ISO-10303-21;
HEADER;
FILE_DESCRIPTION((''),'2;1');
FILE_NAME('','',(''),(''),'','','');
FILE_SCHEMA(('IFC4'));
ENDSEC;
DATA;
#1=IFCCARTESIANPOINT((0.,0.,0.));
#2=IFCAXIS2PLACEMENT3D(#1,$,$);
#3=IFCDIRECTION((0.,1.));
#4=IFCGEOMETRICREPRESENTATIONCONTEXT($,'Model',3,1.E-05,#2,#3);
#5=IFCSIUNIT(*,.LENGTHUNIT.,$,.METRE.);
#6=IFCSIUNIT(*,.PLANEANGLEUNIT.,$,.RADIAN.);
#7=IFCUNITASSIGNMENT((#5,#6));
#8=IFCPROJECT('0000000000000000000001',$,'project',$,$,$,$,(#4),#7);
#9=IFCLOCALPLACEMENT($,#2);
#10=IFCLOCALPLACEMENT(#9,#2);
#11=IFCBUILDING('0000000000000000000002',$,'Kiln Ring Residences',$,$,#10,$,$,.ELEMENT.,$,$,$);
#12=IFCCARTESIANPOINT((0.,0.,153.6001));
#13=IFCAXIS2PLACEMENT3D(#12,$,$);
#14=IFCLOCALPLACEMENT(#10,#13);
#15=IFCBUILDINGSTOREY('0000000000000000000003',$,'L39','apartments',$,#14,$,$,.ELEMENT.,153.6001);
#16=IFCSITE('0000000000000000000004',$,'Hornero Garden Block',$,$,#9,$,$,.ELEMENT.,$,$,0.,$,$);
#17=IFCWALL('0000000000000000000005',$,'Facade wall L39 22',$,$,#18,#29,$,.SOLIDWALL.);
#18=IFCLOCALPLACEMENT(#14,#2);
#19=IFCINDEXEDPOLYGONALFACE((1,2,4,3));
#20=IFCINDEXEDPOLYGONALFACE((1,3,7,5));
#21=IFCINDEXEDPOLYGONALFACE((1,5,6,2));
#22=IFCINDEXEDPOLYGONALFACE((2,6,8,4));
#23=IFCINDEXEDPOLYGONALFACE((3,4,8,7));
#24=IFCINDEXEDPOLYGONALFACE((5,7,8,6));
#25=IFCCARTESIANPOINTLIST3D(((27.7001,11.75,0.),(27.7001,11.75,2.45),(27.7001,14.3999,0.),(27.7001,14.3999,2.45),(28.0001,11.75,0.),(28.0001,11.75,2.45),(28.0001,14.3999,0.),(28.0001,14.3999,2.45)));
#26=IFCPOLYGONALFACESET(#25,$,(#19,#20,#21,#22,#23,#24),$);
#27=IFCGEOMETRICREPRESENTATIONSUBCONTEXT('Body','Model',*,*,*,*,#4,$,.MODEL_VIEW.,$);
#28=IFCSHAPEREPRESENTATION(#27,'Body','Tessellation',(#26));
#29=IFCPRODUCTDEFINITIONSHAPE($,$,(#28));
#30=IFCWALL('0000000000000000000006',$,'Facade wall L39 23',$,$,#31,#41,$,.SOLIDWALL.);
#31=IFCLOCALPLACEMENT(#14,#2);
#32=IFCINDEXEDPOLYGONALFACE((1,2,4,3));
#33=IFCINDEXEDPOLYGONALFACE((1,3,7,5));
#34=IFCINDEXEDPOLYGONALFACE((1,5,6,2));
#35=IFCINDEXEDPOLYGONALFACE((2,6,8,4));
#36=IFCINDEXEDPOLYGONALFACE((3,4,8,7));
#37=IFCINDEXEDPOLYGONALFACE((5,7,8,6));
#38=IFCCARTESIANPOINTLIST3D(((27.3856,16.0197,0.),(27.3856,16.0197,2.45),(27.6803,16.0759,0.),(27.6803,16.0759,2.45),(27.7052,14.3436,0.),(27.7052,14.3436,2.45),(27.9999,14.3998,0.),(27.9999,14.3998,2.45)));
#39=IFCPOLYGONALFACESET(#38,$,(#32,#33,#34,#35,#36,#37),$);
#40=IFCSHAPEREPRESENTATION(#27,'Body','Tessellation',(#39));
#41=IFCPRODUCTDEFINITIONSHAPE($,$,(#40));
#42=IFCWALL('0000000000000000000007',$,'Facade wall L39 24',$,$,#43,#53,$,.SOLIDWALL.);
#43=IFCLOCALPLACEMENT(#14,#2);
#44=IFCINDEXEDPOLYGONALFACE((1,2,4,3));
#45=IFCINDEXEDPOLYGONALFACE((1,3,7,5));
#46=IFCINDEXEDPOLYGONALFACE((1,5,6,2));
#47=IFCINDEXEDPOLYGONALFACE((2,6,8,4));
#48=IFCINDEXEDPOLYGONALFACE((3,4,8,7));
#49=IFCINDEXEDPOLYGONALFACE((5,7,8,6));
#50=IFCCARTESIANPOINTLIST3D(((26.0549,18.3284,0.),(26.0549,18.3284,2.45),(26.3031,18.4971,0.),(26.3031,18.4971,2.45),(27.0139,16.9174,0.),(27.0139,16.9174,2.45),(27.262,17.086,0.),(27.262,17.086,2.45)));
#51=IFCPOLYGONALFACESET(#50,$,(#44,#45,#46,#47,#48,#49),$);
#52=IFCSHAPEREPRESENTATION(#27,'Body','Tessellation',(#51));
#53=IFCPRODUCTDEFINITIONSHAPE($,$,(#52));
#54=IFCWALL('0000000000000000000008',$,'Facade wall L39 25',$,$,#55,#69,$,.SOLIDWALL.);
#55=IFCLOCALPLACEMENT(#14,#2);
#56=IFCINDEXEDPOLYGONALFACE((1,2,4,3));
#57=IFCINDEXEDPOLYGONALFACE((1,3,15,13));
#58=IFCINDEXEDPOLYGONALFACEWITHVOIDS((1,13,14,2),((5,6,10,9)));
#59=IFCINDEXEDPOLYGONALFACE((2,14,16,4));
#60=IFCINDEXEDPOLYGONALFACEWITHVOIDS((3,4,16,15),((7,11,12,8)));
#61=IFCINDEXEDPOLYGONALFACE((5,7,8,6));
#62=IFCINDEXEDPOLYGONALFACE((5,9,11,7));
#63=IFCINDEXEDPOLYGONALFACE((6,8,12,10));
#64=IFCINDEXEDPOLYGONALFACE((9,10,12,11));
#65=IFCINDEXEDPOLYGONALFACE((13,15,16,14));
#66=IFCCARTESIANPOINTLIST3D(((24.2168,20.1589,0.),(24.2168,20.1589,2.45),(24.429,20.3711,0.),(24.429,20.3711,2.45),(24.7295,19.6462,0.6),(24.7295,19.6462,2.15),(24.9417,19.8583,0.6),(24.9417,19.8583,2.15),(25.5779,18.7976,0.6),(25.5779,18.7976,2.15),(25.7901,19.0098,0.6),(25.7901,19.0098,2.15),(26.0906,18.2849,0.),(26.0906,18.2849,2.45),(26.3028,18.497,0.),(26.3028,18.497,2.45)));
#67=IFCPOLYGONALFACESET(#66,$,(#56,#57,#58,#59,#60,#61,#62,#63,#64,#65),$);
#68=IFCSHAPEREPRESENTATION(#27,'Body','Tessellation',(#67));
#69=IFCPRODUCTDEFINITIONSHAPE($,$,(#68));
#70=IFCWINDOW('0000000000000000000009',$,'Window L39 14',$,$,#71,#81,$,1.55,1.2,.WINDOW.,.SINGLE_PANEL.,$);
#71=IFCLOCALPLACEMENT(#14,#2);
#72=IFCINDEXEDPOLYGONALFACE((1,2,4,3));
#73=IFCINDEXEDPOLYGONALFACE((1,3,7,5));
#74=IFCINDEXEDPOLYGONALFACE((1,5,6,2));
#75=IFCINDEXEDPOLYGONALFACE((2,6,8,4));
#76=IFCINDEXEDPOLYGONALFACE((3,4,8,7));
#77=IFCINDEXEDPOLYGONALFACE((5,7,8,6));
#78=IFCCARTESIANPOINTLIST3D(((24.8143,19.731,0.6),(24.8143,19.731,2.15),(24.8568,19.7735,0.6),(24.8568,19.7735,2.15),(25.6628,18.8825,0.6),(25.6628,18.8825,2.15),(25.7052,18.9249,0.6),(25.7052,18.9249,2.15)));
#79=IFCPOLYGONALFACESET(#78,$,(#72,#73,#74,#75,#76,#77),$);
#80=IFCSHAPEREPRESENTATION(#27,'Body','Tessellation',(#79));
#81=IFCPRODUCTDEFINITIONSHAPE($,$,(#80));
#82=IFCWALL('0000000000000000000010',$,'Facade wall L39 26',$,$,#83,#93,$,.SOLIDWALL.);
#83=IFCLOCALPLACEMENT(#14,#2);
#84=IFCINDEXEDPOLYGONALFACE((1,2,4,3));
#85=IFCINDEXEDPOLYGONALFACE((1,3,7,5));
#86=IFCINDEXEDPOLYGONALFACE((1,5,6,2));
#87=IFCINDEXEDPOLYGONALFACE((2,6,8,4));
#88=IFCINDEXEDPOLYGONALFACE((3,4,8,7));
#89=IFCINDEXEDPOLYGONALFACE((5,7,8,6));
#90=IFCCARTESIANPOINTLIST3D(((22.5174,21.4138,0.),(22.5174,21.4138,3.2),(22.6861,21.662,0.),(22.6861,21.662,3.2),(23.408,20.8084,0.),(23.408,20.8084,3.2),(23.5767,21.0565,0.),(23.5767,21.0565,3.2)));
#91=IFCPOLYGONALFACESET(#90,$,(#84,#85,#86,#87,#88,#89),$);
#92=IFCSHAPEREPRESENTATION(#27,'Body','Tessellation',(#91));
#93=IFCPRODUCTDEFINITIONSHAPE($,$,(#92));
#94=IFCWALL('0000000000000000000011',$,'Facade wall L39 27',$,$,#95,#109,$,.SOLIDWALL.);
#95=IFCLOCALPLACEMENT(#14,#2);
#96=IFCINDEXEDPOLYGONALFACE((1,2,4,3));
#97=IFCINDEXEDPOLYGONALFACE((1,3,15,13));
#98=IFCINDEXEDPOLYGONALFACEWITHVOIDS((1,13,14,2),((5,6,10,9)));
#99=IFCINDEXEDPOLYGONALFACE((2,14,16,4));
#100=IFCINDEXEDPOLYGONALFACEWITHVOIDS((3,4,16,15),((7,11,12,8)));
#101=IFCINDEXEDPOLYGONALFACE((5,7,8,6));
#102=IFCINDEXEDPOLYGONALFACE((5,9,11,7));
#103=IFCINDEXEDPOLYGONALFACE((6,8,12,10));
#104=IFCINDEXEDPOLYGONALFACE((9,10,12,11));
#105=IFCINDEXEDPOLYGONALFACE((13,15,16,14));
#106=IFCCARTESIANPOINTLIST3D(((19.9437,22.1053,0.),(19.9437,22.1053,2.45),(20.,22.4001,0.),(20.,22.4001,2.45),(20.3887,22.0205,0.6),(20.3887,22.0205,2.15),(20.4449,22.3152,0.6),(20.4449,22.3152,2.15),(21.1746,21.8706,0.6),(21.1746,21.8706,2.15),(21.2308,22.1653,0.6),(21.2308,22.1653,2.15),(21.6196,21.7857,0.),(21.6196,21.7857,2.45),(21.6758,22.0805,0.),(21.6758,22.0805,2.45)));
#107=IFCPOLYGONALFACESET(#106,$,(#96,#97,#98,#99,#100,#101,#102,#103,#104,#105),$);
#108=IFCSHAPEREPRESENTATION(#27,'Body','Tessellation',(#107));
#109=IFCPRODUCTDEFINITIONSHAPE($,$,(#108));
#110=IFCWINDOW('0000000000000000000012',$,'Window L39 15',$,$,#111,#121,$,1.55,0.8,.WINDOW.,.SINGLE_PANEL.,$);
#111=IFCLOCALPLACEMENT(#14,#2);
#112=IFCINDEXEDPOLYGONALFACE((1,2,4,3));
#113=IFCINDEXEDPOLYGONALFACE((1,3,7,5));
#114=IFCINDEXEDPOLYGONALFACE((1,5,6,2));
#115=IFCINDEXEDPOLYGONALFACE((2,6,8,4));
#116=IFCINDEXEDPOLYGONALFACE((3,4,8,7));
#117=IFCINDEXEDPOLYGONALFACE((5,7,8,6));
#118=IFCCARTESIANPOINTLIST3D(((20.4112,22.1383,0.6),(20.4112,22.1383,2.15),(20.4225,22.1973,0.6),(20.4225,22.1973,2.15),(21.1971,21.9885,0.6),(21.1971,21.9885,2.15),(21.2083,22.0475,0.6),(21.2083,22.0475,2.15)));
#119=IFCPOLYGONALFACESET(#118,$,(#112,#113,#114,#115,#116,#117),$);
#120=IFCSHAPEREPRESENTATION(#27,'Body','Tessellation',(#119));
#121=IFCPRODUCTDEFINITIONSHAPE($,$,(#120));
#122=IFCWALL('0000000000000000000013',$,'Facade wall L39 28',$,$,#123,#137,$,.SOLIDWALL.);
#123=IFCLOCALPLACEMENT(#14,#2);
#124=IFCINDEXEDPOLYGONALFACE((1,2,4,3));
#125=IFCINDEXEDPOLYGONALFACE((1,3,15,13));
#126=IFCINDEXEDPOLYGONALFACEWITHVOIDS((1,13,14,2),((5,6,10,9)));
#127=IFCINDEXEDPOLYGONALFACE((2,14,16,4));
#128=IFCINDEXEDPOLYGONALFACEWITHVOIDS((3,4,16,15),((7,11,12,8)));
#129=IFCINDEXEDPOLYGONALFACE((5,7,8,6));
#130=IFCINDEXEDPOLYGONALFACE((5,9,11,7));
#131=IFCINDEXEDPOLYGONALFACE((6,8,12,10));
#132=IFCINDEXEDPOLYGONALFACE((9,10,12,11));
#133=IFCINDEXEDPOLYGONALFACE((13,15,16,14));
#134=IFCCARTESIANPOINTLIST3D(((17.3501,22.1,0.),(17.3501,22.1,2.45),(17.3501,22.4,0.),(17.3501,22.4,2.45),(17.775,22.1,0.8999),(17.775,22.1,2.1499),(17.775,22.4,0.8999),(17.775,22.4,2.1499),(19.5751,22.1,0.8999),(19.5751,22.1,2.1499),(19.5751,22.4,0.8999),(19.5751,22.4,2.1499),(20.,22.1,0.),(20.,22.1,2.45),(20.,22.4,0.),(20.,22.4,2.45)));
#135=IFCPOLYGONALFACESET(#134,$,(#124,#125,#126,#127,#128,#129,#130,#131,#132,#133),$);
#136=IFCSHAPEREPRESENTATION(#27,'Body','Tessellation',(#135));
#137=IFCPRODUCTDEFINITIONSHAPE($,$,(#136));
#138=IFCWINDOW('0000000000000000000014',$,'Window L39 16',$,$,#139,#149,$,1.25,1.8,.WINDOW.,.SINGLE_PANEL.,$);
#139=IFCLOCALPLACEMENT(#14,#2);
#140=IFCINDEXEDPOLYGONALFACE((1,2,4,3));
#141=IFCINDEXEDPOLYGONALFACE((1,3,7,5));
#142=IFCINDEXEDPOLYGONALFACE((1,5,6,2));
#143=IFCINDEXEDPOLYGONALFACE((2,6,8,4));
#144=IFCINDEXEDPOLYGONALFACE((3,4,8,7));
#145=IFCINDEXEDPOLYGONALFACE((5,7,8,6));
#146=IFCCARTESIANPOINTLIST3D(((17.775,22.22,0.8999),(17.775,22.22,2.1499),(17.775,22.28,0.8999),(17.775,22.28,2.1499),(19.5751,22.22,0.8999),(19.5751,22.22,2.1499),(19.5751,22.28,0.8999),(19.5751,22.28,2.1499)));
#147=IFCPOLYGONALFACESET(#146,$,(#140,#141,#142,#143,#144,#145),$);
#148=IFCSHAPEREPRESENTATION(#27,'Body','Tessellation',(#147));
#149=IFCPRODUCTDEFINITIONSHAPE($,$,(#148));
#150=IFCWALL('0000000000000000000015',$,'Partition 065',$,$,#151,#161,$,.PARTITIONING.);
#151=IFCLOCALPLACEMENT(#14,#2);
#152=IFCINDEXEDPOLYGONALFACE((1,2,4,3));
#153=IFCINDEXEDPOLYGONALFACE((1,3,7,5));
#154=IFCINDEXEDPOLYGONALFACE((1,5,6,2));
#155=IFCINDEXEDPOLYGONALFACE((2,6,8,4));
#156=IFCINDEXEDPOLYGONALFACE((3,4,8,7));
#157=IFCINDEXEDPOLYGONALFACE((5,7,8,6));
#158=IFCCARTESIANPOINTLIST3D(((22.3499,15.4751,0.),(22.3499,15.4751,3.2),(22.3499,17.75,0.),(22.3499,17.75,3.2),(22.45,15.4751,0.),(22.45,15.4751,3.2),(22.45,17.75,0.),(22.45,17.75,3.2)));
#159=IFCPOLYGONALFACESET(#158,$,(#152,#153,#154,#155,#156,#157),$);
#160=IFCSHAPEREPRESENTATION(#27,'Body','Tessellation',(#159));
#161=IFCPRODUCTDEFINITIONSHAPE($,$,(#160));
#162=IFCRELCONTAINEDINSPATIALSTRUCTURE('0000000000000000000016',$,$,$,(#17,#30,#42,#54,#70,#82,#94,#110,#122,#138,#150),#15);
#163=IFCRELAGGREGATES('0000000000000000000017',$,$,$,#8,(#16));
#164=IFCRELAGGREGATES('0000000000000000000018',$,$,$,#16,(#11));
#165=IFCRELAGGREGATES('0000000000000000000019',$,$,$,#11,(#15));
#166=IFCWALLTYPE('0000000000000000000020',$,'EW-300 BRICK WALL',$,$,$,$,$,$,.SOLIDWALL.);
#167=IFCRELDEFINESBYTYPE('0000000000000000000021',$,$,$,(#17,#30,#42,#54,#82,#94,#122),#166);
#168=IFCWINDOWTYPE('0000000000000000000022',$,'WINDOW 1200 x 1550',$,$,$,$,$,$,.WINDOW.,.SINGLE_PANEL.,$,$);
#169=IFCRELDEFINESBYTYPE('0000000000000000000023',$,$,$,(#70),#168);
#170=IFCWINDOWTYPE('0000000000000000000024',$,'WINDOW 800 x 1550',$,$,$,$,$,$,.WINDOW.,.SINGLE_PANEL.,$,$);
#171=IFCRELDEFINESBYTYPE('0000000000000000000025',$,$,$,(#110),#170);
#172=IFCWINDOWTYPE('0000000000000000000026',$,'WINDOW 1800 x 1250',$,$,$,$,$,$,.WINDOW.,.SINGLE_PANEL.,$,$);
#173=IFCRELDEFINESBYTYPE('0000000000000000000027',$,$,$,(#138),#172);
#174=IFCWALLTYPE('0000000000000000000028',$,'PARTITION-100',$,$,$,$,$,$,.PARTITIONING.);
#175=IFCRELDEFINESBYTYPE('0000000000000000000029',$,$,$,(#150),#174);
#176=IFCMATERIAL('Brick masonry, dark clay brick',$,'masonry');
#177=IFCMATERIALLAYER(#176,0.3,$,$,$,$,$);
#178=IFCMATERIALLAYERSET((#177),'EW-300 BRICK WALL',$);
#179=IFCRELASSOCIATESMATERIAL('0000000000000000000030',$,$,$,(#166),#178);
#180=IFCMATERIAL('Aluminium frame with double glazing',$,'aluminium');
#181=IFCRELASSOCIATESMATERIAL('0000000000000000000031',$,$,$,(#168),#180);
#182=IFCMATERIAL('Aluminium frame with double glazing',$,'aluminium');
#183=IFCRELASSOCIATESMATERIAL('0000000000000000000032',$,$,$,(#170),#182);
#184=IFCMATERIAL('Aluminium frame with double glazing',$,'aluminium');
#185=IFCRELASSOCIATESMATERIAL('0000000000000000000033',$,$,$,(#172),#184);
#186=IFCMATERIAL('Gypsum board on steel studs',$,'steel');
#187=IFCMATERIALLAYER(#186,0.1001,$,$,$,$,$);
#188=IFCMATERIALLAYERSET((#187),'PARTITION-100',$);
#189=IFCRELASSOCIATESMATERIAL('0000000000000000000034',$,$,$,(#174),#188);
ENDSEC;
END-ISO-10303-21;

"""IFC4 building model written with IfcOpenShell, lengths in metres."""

from ifc_helpers import new_model, si_unit, direction, frame, frame_2d, origin, place, context, subcontext, project, spatial, rectangle, extrude, material, layer, layer_set, type_object, element, fill, save


model = new_model("IFC4")

# Units and contexts
model_context = context("Model", 3, precision=1e-05, world=origin(), true_north=direction((0.0, 1.0)))
body_context = subcontext(model_context, "Body", "Model", "MODEL_VIEW")
ifc_project = project(units=[si_unit("LENGTHUNIT", "METRE"), si_unit("PLANEANGLEUNIT", "RADIAN")], contexts=[model_context])

# Site, building, storey
site_placement = place(None, origin())
site = spatial("IfcSite", under=ifc_project, at=site_placement, Name="Hornero Garden Block", CompositionType="ELEMENT", RefElevation=0.0)
building_placement = place(site_placement, origin())
building = spatial("IfcBuilding", under=site, at=building_placement, Name="Kiln Ring Residences", CompositionType="ELEMENT")
storey_placement = place(building_placement, frame((0.0, 0.0, 153.6001)))
storey = spatial("IfcBuildingStorey", under=building, at=storey_placement, Name="L39", Description="apartments", CompositionType="ELEMENT", Elevation=153.6001)

# Walls
ifc_material_1 = material(Name="Brick masonry, dark clay brick", Category="masonry")
ifc_layer_1 = layer(ifc_material_1, 0.3)
ifc_layer_set_1 = layer_set([ifc_layer_1], Name="EW-300 BRICK WALL")
wall_type_1 = type_object("IfcWallType", Name="EW-300 BRICK WALL", PredefinedType="SOLIDWALL", material=ifc_layer_set_1)
wall_1_placement = place(storey_placement, frame((27.8501, 11.75, 0.0), z_axis=(0.0, 0.0, 1.0), x_axis=(0.0, 1.0, 0.0)))
element("IfcWall", 1, at=wall_1_placement, inside=storey, type_object=wall_type_1, Name="Facade wall L39 22", PredefinedType="SOLIDWALL", context=body_context, shape_type="SweptSolid", body=[
    extrude(rectangle(XDim=2.6499, YDim=0.3, at=frame_2d((1.325, 0.0))), origin(), (0.0, 0.0, 1.0), 2.45),
])
wall_2_placement = place(storey_placement, frame((27.8525, 14.3718, 0.0), z_axis=(0.0, 0.0, 1.0), x_axis=(-0.187303, 0.982302, 0.0)))
element("IfcWall", 2, at=wall_2_placement, inside=storey, type_object=wall_type_1, Name="Facade wall L39 23", PredefinedType="SOLIDWALL", context=body_context, shape_type="SweptSolid", body=[
    extrude(rectangle(XDim=1.7063, YDim=0.3, at=frame_2d((0.853, 0.0))), origin(), (0.0, 0.0, 1.0), 2.45),
])
wall_3_placement = place(storey_placement, frame((27.1379, 17.0017, 0.0), z_axis=(0.0, 0.0, 1.0), x_axis=(-0.562075, 0.827086, 0.0)))
element("IfcWall", 3, at=wall_3_placement, inside=storey, type_object=wall_type_1, Name="Facade wall L39 24", PredefinedType="SOLIDWALL", context=body_context, shape_type="SweptSolid", body=[
    extrude(rectangle(XDim=1.7061, YDim=0.3, at=frame_2d((0.853, 0.0))), origin(), (0.0, 0.0, 1.0), 2.45),
])

# Wall, opening, window
wall_4_placement = place(storey_placement, frame((26.1968, 18.3909, 0.0), z_axis=(0.0, 0.0, 1.0), x_axis=(-0.707061, 0.707153, 0.0)))
wall_4 = element("IfcWall", 4, at=wall_4_placement, inside=storey, type_object=wall_type_1, Name="Facade wall L39 25", PredefinedType="SOLIDWALL", context=body_context, shape_type="SweptSolid", body=[
    extrude(rectangle(XDim=2.6501, YDim=0.3, at=frame_2d((1.3252, 0.0))), origin(), (0.0, 0.0, 1.0), 2.45),
])
opening_1_placement = place(wall_4_placement, frame((0.7251, 0.0, 0.6001)))
opening_1 = element("IfcOpeningElement", 5, at=opening_1_placement, cuts=wall_4, PredefinedType="OPENING", context=body_context, shape_type="SweptSolid", body=[
    extrude(rectangle(XDim=1.2, YDim=1.55, at=frame_2d((0.6001, 0.7749))), frame((0.0, 0.1599, 0.0), z_axis=(0.0, -1.0, 0.0), x_axis=(1.0, 0.0, 0.0)), (0.0, 0.0, 1.0), 0.3201),
])
ifc_material_2 = material(Name="Aluminium frame with double glazing", Category="aluminium")
window_type_1 = type_object("IfcWindowType", Name="WINDOW 1200 x 1550", PartitioningType="SINGLE_PANEL", PredefinedType="WINDOW", material=ifc_material_2)
window_1_placement = place(opening_1_placement, origin())
window_1 = element("IfcWindow", 6, at=window_1_placement, inside=storey, type_object=window_type_1, Name="Window L39 14", OverallHeight=1.55, OverallWidth=1.2, PartitioningType="SINGLE_PANEL", PredefinedType="WINDOW", context=body_context, shape_type="SweptSolid", body=[
    extrude(rectangle(XDim=1.2, YDim=1.55, at=frame_2d((0.6001, 0.7749))), frame((0.0, 0.03, 0.0), z_axis=(0.0, -1.0, 0.0), x_axis=(1.0, 0.0, 0.0)), (0.0, 0.0, 1.0), 0.0601),
])
fill(opening_1, window_1)

# Wall
wall_5_placement = place(storey_placement, frame((23.4924, 20.9324, 0.0), z_axis=(0.0, 0.0, 1.0), x_axis=(-0.826994, 0.562211, 0.0)))
element("IfcWall", 7, at=wall_5_placement, inside=storey, type_object=wall_type_1, Name="Facade wall L39 26", PredefinedType="SOLIDWALL", context=body_context, shape_type="SweptSolid", body=[
    extrude(rectangle(XDim=1.0769, YDim=0.3, at=frame_2d((0.5386, 0.0))), origin(), (0.0, 0.0, 1.0), 3.2),
])

# Walls, openings, windows
wall_6_placement = place(storey_placement, frame((21.6477, 21.9331, 0.0), z_axis=(0.0, 0.0, 1.0), x_axis=(-0.982297, 0.187329, 0.0)))
wall_6 = element("IfcWall", 8, at=wall_6_placement, inside=storey, type_object=wall_type_1, Name="Facade wall L39 27", PredefinedType="SOLIDWALL", context=body_context, shape_type="SweptSolid", body=[
    extrude(rectangle(XDim=1.7061, YDim=0.3, at=frame_2d((0.853, 0.0))), origin(), (0.0, 0.0, 1.0), 2.45),
])
opening_2_placement = place(wall_6_placement, frame((0.4531, 0.0, 0.6001)))
opening_2 = element("IfcOpeningElement", 9, at=opening_2_placement, cuts=wall_6, PredefinedType="OPENING", context=body_context, shape_type="SweptSolid", body=[
    extrude(rectangle(XDim=0.8, YDim=1.55, at=frame_2d((0.3999, 0.7749))), frame((0.0, 0.1599, 0.0), z_axis=(0.0, -1.0, 0.0), x_axis=(1.0, 0.0, 0.0)), (0.0, 0.0, 1.0), 0.3201),
])
ifc_material_3 = material(Name="Aluminium frame with double glazing", Category="aluminium")
window_type_2 = type_object("IfcWindowType", Name="WINDOW 800 x 1550", PartitioningType="SINGLE_PANEL", PredefinedType="WINDOW", material=ifc_material_3)
window_2_placement = place(opening_2_placement, origin())
window_2 = element("IfcWindow", 10, at=window_2_placement, inside=storey, type_object=window_type_2, Name="Window L39 15", OverallHeight=1.55, OverallWidth=0.8, PartitioningType="SINGLE_PANEL", PredefinedType="WINDOW", context=body_context, shape_type="SweptSolid", body=[
    extrude(rectangle(XDim=0.8, YDim=1.55, at=frame_2d((0.3999, 0.7749))), frame((0.0, 0.03, 0.0), z_axis=(0.0, -1.0, 0.0), x_axis=(1.0, 0.0, 0.0)), (0.0, 0.0, 1.0), 0.0601),
])
fill(opening_2, window_2)
wall_7_placement = place(storey_placement, frame((20.0, 22.25, 0.0), z_axis=(0.0, 0.0, 1.0), x_axis=(-1.0, 0.0, 0.0)))
wall_7 = element("IfcWall", 11, at=wall_7_placement, inside=storey, type_object=wall_type_1, Name="Facade wall L39 28", PredefinedType="SOLIDWALL", context=body_context, shape_type="SweptSolid", body=[
    extrude(rectangle(XDim=2.6499, YDim=0.3, at=frame_2d((1.325, 0.0))), origin(), (0.0, 0.0, 1.0), 2.45),
])
opening_3_placement = place(wall_7_placement, frame((0.425, 0.0, 0.8999)))
opening_3 = element("IfcOpeningElement", 12, at=opening_3_placement, cuts=wall_7, PredefinedType="OPENING", context=body_context, shape_type="SweptSolid", body=[
    extrude(rectangle(XDim=1.8, YDim=1.25, at=frame_2d((0.8999, 0.625))), frame((0.0, 0.1599, 0.0), z_axis=(0.0, -1.0, 0.0), x_axis=(1.0, 0.0, 0.0)), (0.0, 0.0, 1.0), 0.3201),
])
ifc_material_4 = material(Name="Aluminium frame with double glazing", Category="aluminium")
window_type_3 = type_object("IfcWindowType", Name="WINDOW 1800 x 1250", PartitioningType="SINGLE_PANEL", PredefinedType="WINDOW", material=ifc_material_4)
window_3_placement = place(opening_3_placement, origin())
window_3 = element("IfcWindow", 13, at=window_3_placement, inside=storey, type_object=window_type_3, Name="Window L39 16", OverallHeight=1.25, OverallWidth=1.8, PartitioningType="SINGLE_PANEL", PredefinedType="WINDOW", context=body_context, shape_type="SweptSolid", body=[
    extrude(rectangle(XDim=1.8, YDim=1.25, at=frame_2d((0.8999, 0.625))), frame((0.0, 0.03, 0.0), z_axis=(0.0, -1.0, 0.0), x_axis=(1.0, 0.0, 0.0)), (0.0, 0.0, 1.0), 0.0601),
])
fill(opening_3, window_3)

# Wall
ifc_material_5 = material(Name="Gypsum board on steel studs", Category="steel")
ifc_layer_2 = layer(ifc_material_5, 0.1001)
ifc_layer_set_2 = layer_set([ifc_layer_2], Name="PARTITION-100")
wall_type_2 = type_object("IfcWallType", Name="PARTITION-100", PredefinedType="PARTITIONING", material=ifc_layer_set_2)
wall_8_placement = place(storey_placement, frame((22.3999, 15.4751, 0.0), z_axis=(0.0, 0.0, 1.0), x_axis=(0.0, 1.0, 0.0)))
element("IfcWall", 14, at=wall_8_placement, inside=storey, type_object=wall_type_2, Name="Partition 065", PredefinedType="PARTITIONING", context=body_context, shape_type="SweptSolid", body=[
    extrude(rectangle(XDim=2.2749, YDim=0.1001, at=frame_2d((1.1375, 0.0))), origin(), (0.0, 0.0, 1.0), 3.2),
])

save(model, "model.ifc")
